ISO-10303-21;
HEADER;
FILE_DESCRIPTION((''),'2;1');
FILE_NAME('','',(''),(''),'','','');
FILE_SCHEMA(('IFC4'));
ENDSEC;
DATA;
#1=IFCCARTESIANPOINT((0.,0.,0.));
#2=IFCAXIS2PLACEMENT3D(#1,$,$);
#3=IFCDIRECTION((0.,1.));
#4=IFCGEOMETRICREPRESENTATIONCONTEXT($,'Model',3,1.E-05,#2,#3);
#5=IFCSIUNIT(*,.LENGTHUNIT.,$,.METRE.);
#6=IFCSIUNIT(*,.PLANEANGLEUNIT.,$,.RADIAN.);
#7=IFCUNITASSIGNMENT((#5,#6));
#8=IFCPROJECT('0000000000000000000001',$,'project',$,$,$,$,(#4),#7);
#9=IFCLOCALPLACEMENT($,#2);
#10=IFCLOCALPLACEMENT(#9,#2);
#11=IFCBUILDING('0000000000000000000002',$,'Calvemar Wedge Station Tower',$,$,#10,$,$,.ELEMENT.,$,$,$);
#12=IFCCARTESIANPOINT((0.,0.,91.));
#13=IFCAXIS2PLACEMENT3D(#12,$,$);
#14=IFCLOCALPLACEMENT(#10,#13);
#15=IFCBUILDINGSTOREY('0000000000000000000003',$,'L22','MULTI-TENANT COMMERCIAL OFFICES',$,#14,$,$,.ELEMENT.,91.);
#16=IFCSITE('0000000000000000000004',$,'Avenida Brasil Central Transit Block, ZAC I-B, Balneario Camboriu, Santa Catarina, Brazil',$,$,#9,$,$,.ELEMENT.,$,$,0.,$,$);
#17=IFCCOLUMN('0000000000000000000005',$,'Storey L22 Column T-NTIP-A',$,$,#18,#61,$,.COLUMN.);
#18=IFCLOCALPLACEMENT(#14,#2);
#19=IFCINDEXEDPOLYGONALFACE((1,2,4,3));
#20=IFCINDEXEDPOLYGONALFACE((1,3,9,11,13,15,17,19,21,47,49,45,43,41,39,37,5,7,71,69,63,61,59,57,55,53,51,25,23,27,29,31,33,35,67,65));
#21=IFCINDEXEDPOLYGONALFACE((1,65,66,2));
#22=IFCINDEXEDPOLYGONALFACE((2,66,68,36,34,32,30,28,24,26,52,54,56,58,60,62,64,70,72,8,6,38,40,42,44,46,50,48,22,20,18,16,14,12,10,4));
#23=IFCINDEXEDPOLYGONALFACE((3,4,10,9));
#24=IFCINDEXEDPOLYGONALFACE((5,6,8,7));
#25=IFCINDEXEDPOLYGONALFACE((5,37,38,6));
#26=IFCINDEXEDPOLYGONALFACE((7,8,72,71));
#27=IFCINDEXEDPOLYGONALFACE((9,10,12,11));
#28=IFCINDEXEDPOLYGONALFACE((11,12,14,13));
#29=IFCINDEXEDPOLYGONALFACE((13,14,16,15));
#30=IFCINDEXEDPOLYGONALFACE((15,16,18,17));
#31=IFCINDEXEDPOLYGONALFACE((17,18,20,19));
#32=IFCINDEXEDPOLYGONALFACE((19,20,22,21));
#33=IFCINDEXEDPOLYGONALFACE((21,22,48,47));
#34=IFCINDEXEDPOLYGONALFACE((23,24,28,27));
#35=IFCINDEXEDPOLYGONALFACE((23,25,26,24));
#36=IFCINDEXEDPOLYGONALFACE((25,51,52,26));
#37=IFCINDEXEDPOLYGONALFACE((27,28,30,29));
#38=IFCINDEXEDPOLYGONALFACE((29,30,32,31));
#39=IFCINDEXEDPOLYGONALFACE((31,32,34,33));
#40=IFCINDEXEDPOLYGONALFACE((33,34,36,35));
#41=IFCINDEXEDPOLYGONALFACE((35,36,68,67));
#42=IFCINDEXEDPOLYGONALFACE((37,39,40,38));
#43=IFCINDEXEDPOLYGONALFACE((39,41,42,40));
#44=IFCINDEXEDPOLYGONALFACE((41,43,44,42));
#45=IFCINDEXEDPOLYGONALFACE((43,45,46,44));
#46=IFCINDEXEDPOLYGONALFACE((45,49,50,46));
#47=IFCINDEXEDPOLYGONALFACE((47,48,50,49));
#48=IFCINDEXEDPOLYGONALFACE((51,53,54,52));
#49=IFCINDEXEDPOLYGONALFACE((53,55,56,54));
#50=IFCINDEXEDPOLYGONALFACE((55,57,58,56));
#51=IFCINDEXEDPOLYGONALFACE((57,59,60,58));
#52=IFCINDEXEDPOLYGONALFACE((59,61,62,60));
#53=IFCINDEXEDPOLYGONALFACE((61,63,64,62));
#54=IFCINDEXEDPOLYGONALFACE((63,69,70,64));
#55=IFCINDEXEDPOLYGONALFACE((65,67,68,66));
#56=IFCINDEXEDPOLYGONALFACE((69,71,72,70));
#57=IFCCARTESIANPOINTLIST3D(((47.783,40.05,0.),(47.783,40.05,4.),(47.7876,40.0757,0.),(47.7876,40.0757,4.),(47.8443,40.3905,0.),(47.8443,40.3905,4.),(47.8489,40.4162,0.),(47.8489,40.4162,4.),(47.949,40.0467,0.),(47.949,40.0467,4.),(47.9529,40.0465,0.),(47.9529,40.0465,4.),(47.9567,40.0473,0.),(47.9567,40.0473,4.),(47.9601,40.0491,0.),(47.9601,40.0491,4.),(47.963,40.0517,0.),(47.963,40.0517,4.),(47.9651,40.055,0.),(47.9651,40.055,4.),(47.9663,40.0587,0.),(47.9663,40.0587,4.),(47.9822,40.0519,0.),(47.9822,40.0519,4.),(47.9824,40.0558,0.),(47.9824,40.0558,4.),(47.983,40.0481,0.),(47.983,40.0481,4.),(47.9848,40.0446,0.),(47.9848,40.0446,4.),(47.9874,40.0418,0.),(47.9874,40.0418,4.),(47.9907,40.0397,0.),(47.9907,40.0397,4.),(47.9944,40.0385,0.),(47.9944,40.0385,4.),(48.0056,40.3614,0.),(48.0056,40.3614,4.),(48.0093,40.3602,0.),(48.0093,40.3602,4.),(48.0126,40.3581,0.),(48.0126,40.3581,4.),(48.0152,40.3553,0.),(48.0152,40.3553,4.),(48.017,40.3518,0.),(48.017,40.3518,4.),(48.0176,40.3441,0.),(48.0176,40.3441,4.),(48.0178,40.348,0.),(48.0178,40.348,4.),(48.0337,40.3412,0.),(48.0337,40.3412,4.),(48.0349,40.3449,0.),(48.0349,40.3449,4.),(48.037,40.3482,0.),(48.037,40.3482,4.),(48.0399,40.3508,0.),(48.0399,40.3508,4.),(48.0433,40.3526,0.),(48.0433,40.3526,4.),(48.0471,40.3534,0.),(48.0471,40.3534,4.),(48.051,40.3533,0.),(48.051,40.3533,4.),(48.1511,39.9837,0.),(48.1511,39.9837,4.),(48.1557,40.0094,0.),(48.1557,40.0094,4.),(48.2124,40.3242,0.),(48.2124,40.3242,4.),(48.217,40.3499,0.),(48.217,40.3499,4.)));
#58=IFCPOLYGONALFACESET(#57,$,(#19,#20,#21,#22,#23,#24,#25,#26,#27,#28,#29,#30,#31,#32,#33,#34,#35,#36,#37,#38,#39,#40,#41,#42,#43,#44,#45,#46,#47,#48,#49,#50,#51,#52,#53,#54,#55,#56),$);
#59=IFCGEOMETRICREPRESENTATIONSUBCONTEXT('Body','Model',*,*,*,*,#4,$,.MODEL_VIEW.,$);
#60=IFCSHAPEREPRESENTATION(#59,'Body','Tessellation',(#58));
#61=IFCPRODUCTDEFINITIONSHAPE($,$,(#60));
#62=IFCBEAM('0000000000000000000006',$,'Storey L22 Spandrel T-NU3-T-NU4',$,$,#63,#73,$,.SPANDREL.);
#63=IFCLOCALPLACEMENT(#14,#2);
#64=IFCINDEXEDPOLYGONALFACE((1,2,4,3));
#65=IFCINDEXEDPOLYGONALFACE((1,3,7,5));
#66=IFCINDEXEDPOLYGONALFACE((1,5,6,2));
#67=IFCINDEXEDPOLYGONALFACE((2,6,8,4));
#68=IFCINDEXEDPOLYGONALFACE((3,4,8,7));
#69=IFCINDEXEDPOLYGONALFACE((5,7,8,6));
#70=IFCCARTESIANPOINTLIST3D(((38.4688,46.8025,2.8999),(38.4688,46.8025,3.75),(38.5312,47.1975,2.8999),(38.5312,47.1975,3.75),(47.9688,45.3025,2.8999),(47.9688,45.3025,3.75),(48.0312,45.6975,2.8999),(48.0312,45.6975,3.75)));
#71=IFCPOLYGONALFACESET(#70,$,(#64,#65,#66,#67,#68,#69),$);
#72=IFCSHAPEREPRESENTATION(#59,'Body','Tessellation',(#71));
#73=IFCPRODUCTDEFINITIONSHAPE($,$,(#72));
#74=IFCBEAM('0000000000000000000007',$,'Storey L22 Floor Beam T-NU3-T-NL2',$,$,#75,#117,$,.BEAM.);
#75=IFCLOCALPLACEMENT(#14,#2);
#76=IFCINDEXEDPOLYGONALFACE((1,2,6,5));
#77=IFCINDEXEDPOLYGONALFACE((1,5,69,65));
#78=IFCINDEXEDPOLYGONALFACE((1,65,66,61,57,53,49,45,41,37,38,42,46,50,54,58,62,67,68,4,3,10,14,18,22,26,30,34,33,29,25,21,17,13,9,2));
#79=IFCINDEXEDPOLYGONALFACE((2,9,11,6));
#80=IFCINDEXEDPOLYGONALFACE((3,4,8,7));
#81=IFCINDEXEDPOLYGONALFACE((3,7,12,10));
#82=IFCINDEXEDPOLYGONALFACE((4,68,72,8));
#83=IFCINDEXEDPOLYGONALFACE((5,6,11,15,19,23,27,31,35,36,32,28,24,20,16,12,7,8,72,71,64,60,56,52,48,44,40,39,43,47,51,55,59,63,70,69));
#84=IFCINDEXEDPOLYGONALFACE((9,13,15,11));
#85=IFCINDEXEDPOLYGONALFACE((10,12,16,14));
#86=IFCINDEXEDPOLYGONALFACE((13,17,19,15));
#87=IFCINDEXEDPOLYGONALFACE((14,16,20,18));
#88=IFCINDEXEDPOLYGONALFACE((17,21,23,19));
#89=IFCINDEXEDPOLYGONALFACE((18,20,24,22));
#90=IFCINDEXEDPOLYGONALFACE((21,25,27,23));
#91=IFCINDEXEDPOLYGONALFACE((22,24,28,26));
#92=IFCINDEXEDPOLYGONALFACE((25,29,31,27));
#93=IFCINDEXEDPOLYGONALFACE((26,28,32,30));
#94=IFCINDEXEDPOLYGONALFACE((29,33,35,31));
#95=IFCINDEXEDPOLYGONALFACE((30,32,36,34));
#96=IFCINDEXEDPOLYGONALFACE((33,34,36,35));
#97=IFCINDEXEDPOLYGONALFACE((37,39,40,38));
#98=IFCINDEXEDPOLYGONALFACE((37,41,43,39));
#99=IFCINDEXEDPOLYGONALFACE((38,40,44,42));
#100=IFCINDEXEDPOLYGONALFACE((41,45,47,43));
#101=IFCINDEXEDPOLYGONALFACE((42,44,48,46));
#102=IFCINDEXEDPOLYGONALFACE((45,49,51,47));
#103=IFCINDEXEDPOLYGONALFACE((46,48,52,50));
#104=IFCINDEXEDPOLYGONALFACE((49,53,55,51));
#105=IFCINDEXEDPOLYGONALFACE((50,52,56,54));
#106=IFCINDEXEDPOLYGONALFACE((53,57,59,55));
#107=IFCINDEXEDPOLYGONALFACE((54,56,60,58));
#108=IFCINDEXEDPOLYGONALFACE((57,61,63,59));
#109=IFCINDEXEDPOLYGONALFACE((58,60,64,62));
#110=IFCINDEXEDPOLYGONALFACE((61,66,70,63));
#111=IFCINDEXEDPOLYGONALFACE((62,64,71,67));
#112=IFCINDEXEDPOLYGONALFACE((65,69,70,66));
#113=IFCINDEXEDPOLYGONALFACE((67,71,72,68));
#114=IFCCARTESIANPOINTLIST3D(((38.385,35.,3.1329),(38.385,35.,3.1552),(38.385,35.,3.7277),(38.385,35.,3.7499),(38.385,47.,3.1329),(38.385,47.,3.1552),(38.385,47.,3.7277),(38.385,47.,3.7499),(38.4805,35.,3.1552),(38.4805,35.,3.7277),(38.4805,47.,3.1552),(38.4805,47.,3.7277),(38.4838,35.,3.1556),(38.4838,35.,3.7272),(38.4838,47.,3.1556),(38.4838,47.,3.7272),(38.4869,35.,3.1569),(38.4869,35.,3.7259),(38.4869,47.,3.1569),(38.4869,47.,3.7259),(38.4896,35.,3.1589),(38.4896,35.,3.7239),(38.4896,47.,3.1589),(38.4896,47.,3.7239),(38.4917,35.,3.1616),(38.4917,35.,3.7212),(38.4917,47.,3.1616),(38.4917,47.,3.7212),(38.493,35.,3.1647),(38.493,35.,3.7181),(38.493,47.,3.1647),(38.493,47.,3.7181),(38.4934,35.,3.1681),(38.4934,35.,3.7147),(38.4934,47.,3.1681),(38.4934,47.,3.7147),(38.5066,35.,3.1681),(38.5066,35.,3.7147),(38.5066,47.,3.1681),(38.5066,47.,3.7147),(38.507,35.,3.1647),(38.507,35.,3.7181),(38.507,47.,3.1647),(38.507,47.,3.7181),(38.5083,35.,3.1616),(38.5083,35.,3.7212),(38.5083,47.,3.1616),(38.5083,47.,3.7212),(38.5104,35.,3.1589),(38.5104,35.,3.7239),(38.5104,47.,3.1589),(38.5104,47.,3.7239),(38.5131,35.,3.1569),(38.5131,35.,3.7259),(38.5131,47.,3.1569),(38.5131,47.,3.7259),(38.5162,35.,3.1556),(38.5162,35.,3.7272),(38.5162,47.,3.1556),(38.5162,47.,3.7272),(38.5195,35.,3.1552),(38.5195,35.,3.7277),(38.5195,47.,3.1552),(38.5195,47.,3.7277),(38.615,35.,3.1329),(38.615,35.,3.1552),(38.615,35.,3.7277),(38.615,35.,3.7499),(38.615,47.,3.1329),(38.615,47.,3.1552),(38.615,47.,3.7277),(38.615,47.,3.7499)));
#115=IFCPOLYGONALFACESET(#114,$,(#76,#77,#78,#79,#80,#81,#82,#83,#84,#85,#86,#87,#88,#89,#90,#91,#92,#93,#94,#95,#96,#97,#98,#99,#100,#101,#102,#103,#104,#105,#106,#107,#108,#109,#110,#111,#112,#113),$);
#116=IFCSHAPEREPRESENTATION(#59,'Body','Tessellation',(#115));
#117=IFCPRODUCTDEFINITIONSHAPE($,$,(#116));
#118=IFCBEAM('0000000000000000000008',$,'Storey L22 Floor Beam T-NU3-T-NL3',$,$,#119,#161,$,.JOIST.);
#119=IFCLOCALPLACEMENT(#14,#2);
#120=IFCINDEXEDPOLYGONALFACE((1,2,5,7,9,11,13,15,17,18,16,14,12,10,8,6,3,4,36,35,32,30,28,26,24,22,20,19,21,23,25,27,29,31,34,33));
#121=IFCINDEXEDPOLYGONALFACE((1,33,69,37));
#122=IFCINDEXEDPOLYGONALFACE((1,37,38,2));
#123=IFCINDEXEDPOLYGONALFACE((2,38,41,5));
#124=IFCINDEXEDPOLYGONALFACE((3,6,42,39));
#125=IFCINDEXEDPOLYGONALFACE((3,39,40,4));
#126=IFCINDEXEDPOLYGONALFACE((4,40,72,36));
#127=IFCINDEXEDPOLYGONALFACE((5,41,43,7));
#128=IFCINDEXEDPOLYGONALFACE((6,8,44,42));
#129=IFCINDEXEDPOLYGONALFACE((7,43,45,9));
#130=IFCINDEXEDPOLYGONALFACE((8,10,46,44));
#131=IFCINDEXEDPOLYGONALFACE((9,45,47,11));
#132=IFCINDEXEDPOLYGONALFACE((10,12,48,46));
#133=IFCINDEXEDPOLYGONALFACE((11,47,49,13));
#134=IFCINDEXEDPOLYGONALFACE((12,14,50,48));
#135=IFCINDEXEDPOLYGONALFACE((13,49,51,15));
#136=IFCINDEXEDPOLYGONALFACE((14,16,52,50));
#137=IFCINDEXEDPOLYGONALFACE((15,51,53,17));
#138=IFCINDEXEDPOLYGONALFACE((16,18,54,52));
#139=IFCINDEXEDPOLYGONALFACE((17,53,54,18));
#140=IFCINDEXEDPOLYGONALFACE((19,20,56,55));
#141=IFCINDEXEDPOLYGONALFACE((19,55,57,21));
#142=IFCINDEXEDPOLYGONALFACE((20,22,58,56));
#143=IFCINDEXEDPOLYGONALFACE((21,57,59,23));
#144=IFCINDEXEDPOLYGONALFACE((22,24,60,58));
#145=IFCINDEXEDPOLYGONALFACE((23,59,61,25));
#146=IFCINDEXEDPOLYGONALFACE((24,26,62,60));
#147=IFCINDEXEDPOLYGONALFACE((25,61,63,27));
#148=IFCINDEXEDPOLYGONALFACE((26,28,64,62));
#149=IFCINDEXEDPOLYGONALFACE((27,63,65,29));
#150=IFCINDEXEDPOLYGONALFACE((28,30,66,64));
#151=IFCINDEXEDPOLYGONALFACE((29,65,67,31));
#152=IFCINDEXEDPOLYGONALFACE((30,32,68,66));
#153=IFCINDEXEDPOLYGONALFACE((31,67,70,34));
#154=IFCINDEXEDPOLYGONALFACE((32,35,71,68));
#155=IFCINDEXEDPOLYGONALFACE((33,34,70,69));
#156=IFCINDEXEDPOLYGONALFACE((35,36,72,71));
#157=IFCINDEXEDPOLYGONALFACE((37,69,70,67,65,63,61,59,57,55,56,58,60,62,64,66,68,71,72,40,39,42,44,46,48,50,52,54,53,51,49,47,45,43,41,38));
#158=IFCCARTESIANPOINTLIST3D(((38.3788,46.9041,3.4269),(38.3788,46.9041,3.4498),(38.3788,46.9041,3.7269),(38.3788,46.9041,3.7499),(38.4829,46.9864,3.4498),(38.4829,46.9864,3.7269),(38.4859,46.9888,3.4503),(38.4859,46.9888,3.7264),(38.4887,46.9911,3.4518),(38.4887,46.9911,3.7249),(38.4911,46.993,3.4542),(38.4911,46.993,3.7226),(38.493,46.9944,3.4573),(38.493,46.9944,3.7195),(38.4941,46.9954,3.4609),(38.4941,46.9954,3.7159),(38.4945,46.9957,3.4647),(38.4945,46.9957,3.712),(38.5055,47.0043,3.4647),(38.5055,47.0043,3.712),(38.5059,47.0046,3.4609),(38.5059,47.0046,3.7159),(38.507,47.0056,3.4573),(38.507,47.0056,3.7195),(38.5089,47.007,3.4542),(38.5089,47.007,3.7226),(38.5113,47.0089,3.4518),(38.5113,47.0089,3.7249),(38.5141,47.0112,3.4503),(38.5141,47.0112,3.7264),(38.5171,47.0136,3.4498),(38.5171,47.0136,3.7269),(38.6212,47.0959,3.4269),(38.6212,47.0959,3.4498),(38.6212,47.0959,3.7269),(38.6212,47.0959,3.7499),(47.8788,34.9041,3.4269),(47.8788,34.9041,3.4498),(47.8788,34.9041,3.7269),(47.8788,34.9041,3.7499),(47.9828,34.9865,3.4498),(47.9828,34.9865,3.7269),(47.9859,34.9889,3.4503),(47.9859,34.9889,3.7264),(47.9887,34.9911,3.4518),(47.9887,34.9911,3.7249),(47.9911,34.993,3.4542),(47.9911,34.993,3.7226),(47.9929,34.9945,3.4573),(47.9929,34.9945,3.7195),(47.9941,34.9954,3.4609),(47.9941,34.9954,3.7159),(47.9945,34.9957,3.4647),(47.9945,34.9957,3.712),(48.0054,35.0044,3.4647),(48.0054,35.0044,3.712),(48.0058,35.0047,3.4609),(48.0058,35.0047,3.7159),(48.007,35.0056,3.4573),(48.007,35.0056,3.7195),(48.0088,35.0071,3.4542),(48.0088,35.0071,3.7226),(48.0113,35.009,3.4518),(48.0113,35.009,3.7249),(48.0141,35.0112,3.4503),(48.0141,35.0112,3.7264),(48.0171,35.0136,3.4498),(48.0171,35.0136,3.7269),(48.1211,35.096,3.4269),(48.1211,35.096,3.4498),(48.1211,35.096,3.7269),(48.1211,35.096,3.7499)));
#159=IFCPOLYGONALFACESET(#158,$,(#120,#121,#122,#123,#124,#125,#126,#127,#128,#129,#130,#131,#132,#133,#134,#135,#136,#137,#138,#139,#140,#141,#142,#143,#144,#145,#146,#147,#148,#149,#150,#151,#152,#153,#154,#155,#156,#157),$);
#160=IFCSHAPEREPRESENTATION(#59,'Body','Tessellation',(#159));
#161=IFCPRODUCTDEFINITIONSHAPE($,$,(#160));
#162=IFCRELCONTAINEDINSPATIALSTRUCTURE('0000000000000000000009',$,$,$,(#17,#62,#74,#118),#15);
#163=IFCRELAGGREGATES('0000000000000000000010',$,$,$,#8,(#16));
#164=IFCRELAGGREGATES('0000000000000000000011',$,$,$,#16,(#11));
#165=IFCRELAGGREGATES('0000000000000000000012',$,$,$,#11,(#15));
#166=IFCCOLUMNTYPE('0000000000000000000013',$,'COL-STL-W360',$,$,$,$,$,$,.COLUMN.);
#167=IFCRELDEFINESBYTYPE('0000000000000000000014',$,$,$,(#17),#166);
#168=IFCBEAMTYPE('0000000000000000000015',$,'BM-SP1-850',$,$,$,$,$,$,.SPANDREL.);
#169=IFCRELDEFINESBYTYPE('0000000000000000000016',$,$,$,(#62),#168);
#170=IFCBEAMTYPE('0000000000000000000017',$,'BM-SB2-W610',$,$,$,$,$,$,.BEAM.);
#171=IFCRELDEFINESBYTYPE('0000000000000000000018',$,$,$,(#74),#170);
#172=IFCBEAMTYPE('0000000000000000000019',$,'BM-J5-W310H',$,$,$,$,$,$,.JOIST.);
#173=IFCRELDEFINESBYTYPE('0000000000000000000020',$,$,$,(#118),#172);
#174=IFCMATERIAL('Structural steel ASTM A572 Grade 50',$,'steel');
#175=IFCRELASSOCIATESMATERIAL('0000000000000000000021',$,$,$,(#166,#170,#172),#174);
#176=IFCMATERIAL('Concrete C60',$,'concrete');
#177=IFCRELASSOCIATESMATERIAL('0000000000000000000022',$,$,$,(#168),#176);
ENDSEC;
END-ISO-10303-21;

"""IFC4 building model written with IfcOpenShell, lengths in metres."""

from ifc_helpers import new_model, si_unit, direction, frame, origin, origin_2d, place, context, subcontext, project, spatial, rectangle, i_section, extrude, source, transform, mapped, material, material_profile, profile_set, type_object, element, save


model = new_model("IFC4")

# Units and contexts
model_context = context("Model", 3, precision=1e-05, world=origin(), true_north=direction((0.0, 1.0)))
body_context = subcontext(model_context, "Body", "Model", "MODEL_VIEW")
ifc_project = project(units=[si_unit("LENGTHUNIT", "METRE"), si_unit("PLANEANGLEUNIT", "RADIAN")], contexts=[model_context])

# Site, building, storey
site_placement = place(None, origin())
site = spatial("IfcSite", under=ifc_project, at=site_placement, Name="Avenida Brasil Central Transit Block, ZAC I-B, Balneario Camboriu, Santa Catarina, Brazil", CompositionType="ELEMENT", RefElevation=0.0)
building_placement = place(site_placement, origin())
building = spatial("IfcBuilding", under=site, at=building_placement, Name="Calvemar Wedge Station Tower", CompositionType="ELEMENT")
storey_placement = place(building_placement, frame((0.0, 0.0, 91.0)))
storey = spatial("IfcBuildingStorey", under=building, at=storey_placement, Name="L22", Description="MULTI-TENANT COMMERCIAL OFFICES", CompositionType="ELEMENT", Elevation=91.0)

# Column
ifc_material_1 = material(Name="Structural steel ASTM A572 Grade 50", Category="steel")
ifc_material_profile_1 = material_profile(ifc_material_1, i_section(OverallWidth=0.374, OverallDepth=0.3721, WebThickness=0.0164, FlangeThickness=0.0261, FilletRadius=0.0149, at=origin_2d()), Name="W360x196")
ifc_profile_set_1 = profile_set([ifc_material_profile_1], Name="Structural steel ASTM A572 Grade 50")
column_type = type_object("IfcColumnType", Name="COL-STL-W360", PredefinedType="COLUMN", material=ifc_profile_set_1)
shared_shape_1 = source(origin(), body_context, "Body", "SweptSolid", [
    extrude(i_section(OverallWidth=0.374, OverallDepth=0.3721, WebThickness=0.0164, FlangeThickness=0.0261, FilletRadius=0.0149, at=origin_2d()), origin(), (0.0, 0.0, 1.0), 4.0),
])
column_placement = place(storey_placement, frame((48.0, 40.2, 0.0), z_axis=(0.0, 0.0, 1.0), x_axis=(0.984196, -0.177085, 0.0)))
element("IfcColumn", 1, at=column_placement, inside=storey, type_object=column_type, Name="Storey L22 Column T-NTIP-A", PredefinedType="COLUMN", context=body_context, shape_type="MappedRepresentation", body=[
    mapped(shared_shape_1, transform((0.0, 0.0, 0.0), scale=1.0)),
])

# Beams
ifc_material_2 = material(Name="Concrete C60", Category="concrete")
ifc_material_profile_2 = material_profile(ifc_material_2, rectangle(XDim=0.3999, YDim=0.8501, at=origin_2d()), Name="RC400x850")
ifc_profile_set_2 = profile_set([ifc_material_profile_2], Name="Concrete C60")
beam_type_1 = type_object("IfcBeamType", Name="BM-SP1-850", PredefinedType="SPANDREL", material=ifc_profile_set_2)
shared_shape_2 = source(origin(), body_context, "Body", "SweptSolid", [
    extrude(rectangle(XDim=0.3999, YDim=0.8501, at=origin_2d()), origin(), (0.0, 0.0, 1.0), 9.6177),
])
beam_1_placement = place(storey_placement, frame((38.5, 47.0, 3.325), z_axis=(0.987763, -0.155963, 0.0), x_axis=(0.155963, 0.987763, 0.0)))
element("IfcBeam", 2, at=beam_1_placement, inside=storey, type_object=beam_type_1, Name="Storey L22 Spandrel T-NU3-T-NU4", PredefinedType="SPANDREL", context=body_context, shape_type="MappedRepresentation", body=[
    mapped(shared_shape_2, transform((0.0, 0.0, 0.0), scale=1.0)),
])
ifc_material_profile_3 = material_profile(ifc_material_1, i_section(OverallWidth=0.23, OverallDepth=0.6169, WebThickness=0.0132, FlangeThickness=0.0222, FilletRadius=0.0129, at=origin_2d()), Name="W610x140")
ifc_profile_set_3 = profile_set([ifc_material_profile_3], Name="Structural steel ASTM A572 Grade 50")
beam_type_2 = type_object("IfcBeamType", Name="BM-SB2-W610", PredefinedType="BEAM", material=ifc_profile_set_3)
shared_shape_3 = source(origin(), body_context, "Body", "SweptSolid", [
    extrude(i_section(OverallWidth=0.23, OverallDepth=0.6169, WebThickness=0.0132, FlangeThickness=0.0222, FilletRadius=0.0129, at=origin_2d()), origin(), (0.0, 0.0, 1.0), 12.0),
])
beam_2_placement = place(storey_placement, frame((38.5, 47.0, 3.4414), z_axis=(0.0, -1.0, 0.0), x_axis=(1.0, 0.0, 0.0)))
element("IfcBeam", 3, at=beam_2_placement, inside=storey, type_object=beam_type_2, Name="Storey L22 Floor Beam T-NU3-T-NL2", PredefinedType="BEAM", context=body_context, shape_type="MappedRepresentation", body=[
    mapped(shared_shape_3, transform((0.0, 0.0, 0.0), scale=1.0)),
])
ifc_material_profile_4 = material_profile(ifc_material_1, i_section(OverallWidth=0.3091, OverallDepth=0.323, WebThickness=0.0139, FlangeThickness=0.0229, FilletRadius=0.0149, at=origin_2d()), Name="W310x143")
ifc_profile_set_4 = profile_set([ifc_material_profile_4], Name="Structural steel ASTM A572 Grade 50")
beam_type_3 = type_object("IfcBeamType", Name="BM-J5-W310H", PredefinedType="JOIST", material=ifc_profile_set_4)
shared_shape_4 = source(origin(), body_context, "Body", "SweptSolid", [
    extrude(i_section(OverallWidth=0.3091, OverallDepth=0.323, WebThickness=0.0139, FlangeThickness=0.0229, FilletRadius=0.0149, at=origin_2d()), origin(), (0.0, 0.0, 1.0), 15.3052),
])
beam_3_placement = place(storey_placement, frame((38.5, 47.0, 3.5884), z_axis=(0.620703, -0.784046, 0.0), x_axis=(0.784046, 0.620703, 0.0)))
element("IfcBeam", 4, at=beam_3_placement, inside=storey, type_object=beam_type_3, Name="Storey L22 Floor Beam T-NU3-T-NL3", PredefinedType="JOIST", context=body_context, shape_type="MappedRepresentation", body=[
    mapped(shared_shape_4, transform((0.0, 0.0, 0.0), scale=1.0)),
])

save(model, "model.ifc")
